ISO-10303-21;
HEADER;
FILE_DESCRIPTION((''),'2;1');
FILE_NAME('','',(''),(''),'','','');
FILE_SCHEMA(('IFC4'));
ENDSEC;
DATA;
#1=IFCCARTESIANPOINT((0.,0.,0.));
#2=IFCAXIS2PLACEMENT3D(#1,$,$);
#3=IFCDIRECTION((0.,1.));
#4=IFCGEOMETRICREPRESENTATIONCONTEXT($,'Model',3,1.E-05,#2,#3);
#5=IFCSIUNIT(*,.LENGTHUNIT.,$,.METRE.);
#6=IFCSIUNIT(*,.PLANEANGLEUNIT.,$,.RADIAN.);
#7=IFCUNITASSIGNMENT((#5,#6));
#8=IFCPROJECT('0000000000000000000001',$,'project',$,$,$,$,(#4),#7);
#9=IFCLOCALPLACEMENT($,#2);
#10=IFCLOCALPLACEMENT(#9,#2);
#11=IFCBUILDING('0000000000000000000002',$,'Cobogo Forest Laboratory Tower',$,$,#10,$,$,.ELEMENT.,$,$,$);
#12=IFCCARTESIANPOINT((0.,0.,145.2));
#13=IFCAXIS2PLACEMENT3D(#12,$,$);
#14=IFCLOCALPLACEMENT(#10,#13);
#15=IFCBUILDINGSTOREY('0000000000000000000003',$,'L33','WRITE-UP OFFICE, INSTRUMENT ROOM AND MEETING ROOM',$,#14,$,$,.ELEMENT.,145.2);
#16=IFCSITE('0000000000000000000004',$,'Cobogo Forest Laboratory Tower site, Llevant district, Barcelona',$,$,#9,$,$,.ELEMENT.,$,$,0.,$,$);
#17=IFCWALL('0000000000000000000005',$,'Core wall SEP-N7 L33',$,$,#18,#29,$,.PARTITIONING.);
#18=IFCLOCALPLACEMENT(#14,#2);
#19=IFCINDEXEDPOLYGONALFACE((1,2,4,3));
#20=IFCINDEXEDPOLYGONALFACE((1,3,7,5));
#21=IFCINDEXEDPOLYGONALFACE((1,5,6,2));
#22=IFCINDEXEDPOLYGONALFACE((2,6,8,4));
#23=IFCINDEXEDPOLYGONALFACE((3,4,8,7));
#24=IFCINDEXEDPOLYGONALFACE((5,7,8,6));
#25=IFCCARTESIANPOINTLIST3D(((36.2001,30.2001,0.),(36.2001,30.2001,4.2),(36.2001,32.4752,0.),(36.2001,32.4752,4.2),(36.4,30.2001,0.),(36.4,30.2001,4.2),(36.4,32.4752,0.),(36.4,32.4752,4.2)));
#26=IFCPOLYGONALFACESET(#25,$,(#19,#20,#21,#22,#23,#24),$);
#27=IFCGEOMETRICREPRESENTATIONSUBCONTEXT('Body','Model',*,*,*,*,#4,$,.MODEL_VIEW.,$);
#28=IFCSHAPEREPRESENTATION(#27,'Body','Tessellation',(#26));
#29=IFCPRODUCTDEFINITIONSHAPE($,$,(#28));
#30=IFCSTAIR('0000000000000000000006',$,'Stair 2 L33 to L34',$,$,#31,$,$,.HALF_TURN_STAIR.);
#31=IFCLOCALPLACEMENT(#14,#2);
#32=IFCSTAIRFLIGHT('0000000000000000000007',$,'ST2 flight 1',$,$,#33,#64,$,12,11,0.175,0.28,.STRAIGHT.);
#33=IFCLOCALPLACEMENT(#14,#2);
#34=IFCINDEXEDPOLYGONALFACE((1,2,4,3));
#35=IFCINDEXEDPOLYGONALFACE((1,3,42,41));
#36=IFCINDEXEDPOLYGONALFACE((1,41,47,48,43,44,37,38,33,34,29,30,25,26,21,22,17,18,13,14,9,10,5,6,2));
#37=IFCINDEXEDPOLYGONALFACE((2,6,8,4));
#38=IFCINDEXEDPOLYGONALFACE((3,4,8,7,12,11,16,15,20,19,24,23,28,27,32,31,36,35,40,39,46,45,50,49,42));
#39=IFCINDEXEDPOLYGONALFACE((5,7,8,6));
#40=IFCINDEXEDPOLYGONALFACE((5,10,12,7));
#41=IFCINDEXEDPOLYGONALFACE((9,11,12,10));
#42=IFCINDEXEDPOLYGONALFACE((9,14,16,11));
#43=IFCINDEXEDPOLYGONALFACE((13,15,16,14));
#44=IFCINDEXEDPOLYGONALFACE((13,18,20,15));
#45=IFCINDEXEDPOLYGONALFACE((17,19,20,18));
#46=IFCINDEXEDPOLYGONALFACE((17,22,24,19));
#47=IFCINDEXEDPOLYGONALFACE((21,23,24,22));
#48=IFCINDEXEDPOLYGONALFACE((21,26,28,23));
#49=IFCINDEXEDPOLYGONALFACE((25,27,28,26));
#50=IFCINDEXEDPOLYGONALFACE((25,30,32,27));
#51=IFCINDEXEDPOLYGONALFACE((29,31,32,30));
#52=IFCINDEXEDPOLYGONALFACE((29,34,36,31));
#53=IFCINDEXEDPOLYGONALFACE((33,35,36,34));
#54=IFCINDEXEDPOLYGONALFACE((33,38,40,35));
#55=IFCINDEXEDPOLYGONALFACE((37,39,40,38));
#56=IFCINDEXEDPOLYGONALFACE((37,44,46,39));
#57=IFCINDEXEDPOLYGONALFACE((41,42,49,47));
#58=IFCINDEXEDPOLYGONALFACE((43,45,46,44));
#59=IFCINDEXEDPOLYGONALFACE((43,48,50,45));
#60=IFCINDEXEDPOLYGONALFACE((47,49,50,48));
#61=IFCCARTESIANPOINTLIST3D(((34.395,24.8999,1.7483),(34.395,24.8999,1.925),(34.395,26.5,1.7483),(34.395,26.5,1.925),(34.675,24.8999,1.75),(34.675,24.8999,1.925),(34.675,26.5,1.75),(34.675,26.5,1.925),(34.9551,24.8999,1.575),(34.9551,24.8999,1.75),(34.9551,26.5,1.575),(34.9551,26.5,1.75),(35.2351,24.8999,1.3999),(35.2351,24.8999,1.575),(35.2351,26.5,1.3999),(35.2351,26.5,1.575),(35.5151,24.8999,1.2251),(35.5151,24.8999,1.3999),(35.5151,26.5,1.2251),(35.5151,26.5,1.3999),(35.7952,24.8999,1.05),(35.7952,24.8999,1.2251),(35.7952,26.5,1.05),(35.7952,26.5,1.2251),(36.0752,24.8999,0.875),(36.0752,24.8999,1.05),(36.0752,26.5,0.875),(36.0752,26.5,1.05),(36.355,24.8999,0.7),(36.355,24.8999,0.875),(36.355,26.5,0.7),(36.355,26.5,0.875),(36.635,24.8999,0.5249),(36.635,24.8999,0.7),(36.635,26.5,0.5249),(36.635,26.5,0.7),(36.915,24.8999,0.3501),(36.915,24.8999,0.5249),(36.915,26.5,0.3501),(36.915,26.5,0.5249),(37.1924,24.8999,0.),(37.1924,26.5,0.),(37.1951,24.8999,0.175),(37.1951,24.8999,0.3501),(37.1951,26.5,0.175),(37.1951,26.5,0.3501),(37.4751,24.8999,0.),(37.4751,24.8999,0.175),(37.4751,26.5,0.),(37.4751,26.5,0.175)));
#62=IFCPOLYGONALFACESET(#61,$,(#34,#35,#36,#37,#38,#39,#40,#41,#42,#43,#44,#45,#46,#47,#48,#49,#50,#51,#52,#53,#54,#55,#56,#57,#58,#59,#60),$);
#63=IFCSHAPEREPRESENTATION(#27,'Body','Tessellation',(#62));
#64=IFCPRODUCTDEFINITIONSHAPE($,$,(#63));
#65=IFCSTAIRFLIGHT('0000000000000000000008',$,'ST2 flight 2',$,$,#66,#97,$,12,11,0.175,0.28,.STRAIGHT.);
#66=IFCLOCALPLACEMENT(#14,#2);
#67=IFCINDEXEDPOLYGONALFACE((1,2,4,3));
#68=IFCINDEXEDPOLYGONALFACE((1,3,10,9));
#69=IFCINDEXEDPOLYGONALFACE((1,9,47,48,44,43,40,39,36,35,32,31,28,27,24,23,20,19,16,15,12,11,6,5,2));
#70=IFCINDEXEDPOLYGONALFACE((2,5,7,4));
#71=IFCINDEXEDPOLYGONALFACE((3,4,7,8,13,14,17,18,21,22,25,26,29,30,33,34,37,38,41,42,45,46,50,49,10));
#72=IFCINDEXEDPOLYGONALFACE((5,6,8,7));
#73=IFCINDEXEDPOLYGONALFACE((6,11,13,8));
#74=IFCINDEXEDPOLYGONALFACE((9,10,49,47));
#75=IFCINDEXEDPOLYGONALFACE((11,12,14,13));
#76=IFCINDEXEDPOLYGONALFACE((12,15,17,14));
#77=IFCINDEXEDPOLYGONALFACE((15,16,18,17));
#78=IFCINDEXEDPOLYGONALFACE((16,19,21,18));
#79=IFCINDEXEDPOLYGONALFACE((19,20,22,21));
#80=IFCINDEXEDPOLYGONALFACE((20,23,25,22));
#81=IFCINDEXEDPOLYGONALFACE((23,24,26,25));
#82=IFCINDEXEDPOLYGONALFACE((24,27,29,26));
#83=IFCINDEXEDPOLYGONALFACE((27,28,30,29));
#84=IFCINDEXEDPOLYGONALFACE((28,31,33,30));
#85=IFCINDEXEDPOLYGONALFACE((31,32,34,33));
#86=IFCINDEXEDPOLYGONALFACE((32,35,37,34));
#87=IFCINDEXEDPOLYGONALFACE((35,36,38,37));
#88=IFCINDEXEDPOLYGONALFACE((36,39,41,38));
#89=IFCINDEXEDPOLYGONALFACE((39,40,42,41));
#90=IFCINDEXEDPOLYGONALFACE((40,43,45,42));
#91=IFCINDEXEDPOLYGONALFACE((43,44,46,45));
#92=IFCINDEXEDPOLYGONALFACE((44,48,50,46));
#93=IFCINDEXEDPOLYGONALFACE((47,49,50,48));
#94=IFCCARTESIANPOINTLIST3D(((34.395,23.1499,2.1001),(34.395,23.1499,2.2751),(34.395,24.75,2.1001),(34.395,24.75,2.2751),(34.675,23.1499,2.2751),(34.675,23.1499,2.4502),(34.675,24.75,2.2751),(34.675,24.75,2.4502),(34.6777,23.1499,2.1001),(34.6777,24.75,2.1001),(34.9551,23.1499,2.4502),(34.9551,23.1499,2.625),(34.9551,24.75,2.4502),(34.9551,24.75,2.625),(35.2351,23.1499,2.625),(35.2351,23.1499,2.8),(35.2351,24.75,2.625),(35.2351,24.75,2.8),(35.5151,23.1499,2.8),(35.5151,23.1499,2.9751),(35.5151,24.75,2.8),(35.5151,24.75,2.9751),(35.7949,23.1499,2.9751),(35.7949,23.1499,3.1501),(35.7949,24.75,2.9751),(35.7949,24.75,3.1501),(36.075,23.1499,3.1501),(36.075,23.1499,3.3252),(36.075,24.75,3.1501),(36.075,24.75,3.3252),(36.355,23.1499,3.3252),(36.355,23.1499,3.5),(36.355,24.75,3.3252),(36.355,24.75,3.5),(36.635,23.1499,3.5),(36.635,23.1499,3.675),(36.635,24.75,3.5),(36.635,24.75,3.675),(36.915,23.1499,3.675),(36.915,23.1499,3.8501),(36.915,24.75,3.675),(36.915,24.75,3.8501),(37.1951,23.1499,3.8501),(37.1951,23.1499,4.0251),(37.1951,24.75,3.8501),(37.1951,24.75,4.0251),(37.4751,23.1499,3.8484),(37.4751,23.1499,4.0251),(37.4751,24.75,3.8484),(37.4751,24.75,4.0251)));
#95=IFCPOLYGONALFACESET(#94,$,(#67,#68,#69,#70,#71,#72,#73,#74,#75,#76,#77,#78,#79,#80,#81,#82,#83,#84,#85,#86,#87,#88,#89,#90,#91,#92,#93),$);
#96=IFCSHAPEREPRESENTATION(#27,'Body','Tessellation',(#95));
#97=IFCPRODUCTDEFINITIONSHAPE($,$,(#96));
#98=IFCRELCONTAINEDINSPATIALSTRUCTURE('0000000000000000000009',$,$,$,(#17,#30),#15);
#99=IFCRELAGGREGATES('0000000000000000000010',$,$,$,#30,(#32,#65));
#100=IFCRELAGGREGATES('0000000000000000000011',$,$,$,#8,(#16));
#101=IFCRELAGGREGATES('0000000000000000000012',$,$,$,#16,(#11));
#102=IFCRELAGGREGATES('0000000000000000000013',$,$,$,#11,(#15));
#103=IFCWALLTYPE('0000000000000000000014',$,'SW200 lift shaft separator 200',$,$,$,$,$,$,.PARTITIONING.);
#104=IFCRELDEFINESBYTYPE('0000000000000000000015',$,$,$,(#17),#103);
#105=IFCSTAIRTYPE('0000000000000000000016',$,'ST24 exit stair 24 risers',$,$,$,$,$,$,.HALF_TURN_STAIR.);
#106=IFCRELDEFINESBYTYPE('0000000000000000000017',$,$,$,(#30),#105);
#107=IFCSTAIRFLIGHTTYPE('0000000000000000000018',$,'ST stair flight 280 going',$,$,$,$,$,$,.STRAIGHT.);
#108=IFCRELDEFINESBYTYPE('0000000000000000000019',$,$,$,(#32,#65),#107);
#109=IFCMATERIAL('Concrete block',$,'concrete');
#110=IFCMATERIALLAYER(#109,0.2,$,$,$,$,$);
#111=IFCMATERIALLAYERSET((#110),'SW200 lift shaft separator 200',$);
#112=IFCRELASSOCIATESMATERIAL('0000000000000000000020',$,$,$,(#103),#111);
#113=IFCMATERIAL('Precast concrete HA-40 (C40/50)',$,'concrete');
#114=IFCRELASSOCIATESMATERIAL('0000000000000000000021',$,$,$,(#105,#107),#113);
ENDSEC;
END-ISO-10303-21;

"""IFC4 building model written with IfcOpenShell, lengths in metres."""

from ifc_helpers import new_model, si_unit, direction, frame, frame_2d, origin, place, context, subcontext, project, spatial, polyline, rectangle, outline, extrude, material, layer, layer_set, type_object, element, aggregate, save


model = new_model("IFC4")

# Units and contexts
model_context = context("Model", 3, precision=1e-05, world=origin(), true_north=direction((0.0, 1.0)))
body_context = subcontext(model_context, "Body", "Model", "MODEL_VIEW")
ifc_project = project(units=[si_unit("LENGTHUNIT", "METRE"), si_unit("PLANEANGLEUNIT", "RADIAN")], contexts=[model_context])

# Site, building, storey
site_placement = place(None, origin())
site = spatial("IfcSite", under=ifc_project, at=site_placement, Name="Cobogo Forest Laboratory Tower site, Llevant district, Barcelona", CompositionType="ELEMENT", RefElevation=0.0)
building_placement = place(site_placement, origin())
building = spatial("IfcBuilding", under=site, at=building_placement, Name="Cobogo Forest Laboratory Tower", CompositionType="ELEMENT")
storey_placement = place(building_placement, frame((0.0, 0.0, 145.2)))
storey = spatial("IfcBuildingStorey", under=building, at=storey_placement, Name="L33", Description="WRITE-UP OFFICE, INSTRUMENT ROOM AND MEETING ROOM", CompositionType="ELEMENT", Elevation=145.2)

# Wall
ifc_material_1 = material(Name="Concrete block", Category="concrete")
ifc_layer_1 = layer(ifc_material_1, 0.2)
ifc_layer_set_1 = layer_set([ifc_layer_1], Name="SW200 lift shaft separator 200")
wall_type_1 = type_object("IfcWallType", Name="SW200 lift shaft separator 200", PredefinedType="PARTITIONING", material=ifc_layer_set_1)
for number, where, z_axis, x_axis, name in (
    (1, (36.3, 30.2, 0.0), (0.0, 0.0, 1.0), (0.0, 1.0, 0.0), "Core wall SEP-N7 L33"),
):
    element("IfcWall", number, at=place(storey_placement, frame(where, z_axis=z_axis, x_axis=x_axis)), inside=storey, type_object=wall_type_1, Name=name, PredefinedType="PARTITIONING", context=body_context, shape_type="SweptSolid", body=[
        extrude(rectangle(XDim=2.2751, YDim=0.2, at=frame_2d((1.1377, 0.0))), origin(), (0.0, 0.0, 1.0), 4.2),
    ])

# Stair, stair flights
ifc_material_2 = material(Name="Precast concrete HA-40 (C40/50)", Category="concrete")
stair_type = type_object("IfcStairType", Name="ST24 exit stair 24 risers", PredefinedType="HALF_TURN_STAIR", material=ifc_material_2)
stair_placement = place(storey_placement, origin())
stair = element("IfcStair", 2, at=stair_placement, inside=storey, type_object=stair_type, Name="Stair 2 L33 to L34", PredefinedType="HALF_TURN_STAIR")
stair_flight_type = type_object("IfcStairFlightType", Name="ST stair flight 280 going", PredefinedType="STRAIGHT", material=ifc_material_2)
stair_flight_1_placement = place(storey_placement, frame((37.4751, 25.7, 0.0), z_axis=(0.0, 0.0, 1.0), x_axis=(-1.0, 0.0, 0.0)))
stair_flight_1 = element("IfcStairFlight", 3, at=stair_flight_1_placement, type_object=stair_flight_type, Name="ST2 flight 1", NumberOfRisers=12, NumberOfTreads=11, PredefinedType="STRAIGHT", RiserHeight=0.175, TreadLength=0.28, context=body_context, shape_type="SweptSolid", body=[
    extrude(outline(polyline([(0.0, 0.0), (0.0, 0.175), (0.28, 0.175), (0.28, 0.3501), (0.5601, 0.3501), (0.5601, 0.5249), (0.8401, 0.5249), (0.8401, 0.7), (1.1201, 0.7), (1.1201, 0.875), (1.3999, 0.875), (1.3999, 1.05), (1.6799, 1.05), (1.6799, 1.2251), (1.96, 1.2251), (1.96, 1.3999), (2.24, 1.3999), (2.24, 1.575), (2.52, 1.575), (2.52, 1.75), (2.8, 1.75), (2.8, 1.925), (3.0801, 1.925), (3.0801, 2.1001), (3.0801, 1.7483), (0.2827, 0.0), (0.0, 0.0)])), frame((0.0, 0.8, 0.0), z_axis=(0.0, -1.0, 0.0), x_axis=(1.0, 0.0, 0.0)), (0.0, 0.0, 1.0), 1.6001),
])
stair_flight_2_placement = place(storey_placement, frame((34.395, 23.95, 2.1001), z_axis=(0.0, 0.0, 1.0), x_axis=(1.0, 0.0, 0.0)))
stair_flight_2 = element("IfcStairFlight", 4, at=stair_flight_2_placement, type_object=stair_flight_type, Name="ST2 flight 2", NumberOfRisers=12, NumberOfTreads=11, PredefinedType="STRAIGHT", RiserHeight=0.175, TreadLength=0.28, context=body_context, shape_type="SweptSolid", body=[
    extrude(outline(polyline([(0.0, 0.0), (0.0, 0.175), (0.28, 0.175), (0.28, 0.3501), (0.5601, 0.3501), (0.5601, 0.5249), (0.8401, 0.5249), (0.8401, 0.7), (1.1201, 0.7), (1.1201, 0.875), (1.3999, 0.875), (1.3999, 1.05), (1.6799, 1.05), (1.6799, 1.2251), (1.96, 1.2251), (1.96, 1.3999), (2.24, 1.3999), (2.24, 1.575), (2.52, 1.575), (2.52, 1.75), (2.8, 1.75), (2.8, 1.925), (3.0801, 1.925), (3.0801, 2.1001), (3.0801, 1.7483), (0.2827, 0.0), (0.0, 0.0)])), frame((0.0, 0.8, 0.0), z_axis=(0.0, -1.0, 0.0), x_axis=(1.0, 0.0, 0.0)), (0.0, 0.0, 1.0), 1.6001),
])
aggregate(stair, [stair_flight_1, stair_flight_2])

save(model, "model.ifc")
